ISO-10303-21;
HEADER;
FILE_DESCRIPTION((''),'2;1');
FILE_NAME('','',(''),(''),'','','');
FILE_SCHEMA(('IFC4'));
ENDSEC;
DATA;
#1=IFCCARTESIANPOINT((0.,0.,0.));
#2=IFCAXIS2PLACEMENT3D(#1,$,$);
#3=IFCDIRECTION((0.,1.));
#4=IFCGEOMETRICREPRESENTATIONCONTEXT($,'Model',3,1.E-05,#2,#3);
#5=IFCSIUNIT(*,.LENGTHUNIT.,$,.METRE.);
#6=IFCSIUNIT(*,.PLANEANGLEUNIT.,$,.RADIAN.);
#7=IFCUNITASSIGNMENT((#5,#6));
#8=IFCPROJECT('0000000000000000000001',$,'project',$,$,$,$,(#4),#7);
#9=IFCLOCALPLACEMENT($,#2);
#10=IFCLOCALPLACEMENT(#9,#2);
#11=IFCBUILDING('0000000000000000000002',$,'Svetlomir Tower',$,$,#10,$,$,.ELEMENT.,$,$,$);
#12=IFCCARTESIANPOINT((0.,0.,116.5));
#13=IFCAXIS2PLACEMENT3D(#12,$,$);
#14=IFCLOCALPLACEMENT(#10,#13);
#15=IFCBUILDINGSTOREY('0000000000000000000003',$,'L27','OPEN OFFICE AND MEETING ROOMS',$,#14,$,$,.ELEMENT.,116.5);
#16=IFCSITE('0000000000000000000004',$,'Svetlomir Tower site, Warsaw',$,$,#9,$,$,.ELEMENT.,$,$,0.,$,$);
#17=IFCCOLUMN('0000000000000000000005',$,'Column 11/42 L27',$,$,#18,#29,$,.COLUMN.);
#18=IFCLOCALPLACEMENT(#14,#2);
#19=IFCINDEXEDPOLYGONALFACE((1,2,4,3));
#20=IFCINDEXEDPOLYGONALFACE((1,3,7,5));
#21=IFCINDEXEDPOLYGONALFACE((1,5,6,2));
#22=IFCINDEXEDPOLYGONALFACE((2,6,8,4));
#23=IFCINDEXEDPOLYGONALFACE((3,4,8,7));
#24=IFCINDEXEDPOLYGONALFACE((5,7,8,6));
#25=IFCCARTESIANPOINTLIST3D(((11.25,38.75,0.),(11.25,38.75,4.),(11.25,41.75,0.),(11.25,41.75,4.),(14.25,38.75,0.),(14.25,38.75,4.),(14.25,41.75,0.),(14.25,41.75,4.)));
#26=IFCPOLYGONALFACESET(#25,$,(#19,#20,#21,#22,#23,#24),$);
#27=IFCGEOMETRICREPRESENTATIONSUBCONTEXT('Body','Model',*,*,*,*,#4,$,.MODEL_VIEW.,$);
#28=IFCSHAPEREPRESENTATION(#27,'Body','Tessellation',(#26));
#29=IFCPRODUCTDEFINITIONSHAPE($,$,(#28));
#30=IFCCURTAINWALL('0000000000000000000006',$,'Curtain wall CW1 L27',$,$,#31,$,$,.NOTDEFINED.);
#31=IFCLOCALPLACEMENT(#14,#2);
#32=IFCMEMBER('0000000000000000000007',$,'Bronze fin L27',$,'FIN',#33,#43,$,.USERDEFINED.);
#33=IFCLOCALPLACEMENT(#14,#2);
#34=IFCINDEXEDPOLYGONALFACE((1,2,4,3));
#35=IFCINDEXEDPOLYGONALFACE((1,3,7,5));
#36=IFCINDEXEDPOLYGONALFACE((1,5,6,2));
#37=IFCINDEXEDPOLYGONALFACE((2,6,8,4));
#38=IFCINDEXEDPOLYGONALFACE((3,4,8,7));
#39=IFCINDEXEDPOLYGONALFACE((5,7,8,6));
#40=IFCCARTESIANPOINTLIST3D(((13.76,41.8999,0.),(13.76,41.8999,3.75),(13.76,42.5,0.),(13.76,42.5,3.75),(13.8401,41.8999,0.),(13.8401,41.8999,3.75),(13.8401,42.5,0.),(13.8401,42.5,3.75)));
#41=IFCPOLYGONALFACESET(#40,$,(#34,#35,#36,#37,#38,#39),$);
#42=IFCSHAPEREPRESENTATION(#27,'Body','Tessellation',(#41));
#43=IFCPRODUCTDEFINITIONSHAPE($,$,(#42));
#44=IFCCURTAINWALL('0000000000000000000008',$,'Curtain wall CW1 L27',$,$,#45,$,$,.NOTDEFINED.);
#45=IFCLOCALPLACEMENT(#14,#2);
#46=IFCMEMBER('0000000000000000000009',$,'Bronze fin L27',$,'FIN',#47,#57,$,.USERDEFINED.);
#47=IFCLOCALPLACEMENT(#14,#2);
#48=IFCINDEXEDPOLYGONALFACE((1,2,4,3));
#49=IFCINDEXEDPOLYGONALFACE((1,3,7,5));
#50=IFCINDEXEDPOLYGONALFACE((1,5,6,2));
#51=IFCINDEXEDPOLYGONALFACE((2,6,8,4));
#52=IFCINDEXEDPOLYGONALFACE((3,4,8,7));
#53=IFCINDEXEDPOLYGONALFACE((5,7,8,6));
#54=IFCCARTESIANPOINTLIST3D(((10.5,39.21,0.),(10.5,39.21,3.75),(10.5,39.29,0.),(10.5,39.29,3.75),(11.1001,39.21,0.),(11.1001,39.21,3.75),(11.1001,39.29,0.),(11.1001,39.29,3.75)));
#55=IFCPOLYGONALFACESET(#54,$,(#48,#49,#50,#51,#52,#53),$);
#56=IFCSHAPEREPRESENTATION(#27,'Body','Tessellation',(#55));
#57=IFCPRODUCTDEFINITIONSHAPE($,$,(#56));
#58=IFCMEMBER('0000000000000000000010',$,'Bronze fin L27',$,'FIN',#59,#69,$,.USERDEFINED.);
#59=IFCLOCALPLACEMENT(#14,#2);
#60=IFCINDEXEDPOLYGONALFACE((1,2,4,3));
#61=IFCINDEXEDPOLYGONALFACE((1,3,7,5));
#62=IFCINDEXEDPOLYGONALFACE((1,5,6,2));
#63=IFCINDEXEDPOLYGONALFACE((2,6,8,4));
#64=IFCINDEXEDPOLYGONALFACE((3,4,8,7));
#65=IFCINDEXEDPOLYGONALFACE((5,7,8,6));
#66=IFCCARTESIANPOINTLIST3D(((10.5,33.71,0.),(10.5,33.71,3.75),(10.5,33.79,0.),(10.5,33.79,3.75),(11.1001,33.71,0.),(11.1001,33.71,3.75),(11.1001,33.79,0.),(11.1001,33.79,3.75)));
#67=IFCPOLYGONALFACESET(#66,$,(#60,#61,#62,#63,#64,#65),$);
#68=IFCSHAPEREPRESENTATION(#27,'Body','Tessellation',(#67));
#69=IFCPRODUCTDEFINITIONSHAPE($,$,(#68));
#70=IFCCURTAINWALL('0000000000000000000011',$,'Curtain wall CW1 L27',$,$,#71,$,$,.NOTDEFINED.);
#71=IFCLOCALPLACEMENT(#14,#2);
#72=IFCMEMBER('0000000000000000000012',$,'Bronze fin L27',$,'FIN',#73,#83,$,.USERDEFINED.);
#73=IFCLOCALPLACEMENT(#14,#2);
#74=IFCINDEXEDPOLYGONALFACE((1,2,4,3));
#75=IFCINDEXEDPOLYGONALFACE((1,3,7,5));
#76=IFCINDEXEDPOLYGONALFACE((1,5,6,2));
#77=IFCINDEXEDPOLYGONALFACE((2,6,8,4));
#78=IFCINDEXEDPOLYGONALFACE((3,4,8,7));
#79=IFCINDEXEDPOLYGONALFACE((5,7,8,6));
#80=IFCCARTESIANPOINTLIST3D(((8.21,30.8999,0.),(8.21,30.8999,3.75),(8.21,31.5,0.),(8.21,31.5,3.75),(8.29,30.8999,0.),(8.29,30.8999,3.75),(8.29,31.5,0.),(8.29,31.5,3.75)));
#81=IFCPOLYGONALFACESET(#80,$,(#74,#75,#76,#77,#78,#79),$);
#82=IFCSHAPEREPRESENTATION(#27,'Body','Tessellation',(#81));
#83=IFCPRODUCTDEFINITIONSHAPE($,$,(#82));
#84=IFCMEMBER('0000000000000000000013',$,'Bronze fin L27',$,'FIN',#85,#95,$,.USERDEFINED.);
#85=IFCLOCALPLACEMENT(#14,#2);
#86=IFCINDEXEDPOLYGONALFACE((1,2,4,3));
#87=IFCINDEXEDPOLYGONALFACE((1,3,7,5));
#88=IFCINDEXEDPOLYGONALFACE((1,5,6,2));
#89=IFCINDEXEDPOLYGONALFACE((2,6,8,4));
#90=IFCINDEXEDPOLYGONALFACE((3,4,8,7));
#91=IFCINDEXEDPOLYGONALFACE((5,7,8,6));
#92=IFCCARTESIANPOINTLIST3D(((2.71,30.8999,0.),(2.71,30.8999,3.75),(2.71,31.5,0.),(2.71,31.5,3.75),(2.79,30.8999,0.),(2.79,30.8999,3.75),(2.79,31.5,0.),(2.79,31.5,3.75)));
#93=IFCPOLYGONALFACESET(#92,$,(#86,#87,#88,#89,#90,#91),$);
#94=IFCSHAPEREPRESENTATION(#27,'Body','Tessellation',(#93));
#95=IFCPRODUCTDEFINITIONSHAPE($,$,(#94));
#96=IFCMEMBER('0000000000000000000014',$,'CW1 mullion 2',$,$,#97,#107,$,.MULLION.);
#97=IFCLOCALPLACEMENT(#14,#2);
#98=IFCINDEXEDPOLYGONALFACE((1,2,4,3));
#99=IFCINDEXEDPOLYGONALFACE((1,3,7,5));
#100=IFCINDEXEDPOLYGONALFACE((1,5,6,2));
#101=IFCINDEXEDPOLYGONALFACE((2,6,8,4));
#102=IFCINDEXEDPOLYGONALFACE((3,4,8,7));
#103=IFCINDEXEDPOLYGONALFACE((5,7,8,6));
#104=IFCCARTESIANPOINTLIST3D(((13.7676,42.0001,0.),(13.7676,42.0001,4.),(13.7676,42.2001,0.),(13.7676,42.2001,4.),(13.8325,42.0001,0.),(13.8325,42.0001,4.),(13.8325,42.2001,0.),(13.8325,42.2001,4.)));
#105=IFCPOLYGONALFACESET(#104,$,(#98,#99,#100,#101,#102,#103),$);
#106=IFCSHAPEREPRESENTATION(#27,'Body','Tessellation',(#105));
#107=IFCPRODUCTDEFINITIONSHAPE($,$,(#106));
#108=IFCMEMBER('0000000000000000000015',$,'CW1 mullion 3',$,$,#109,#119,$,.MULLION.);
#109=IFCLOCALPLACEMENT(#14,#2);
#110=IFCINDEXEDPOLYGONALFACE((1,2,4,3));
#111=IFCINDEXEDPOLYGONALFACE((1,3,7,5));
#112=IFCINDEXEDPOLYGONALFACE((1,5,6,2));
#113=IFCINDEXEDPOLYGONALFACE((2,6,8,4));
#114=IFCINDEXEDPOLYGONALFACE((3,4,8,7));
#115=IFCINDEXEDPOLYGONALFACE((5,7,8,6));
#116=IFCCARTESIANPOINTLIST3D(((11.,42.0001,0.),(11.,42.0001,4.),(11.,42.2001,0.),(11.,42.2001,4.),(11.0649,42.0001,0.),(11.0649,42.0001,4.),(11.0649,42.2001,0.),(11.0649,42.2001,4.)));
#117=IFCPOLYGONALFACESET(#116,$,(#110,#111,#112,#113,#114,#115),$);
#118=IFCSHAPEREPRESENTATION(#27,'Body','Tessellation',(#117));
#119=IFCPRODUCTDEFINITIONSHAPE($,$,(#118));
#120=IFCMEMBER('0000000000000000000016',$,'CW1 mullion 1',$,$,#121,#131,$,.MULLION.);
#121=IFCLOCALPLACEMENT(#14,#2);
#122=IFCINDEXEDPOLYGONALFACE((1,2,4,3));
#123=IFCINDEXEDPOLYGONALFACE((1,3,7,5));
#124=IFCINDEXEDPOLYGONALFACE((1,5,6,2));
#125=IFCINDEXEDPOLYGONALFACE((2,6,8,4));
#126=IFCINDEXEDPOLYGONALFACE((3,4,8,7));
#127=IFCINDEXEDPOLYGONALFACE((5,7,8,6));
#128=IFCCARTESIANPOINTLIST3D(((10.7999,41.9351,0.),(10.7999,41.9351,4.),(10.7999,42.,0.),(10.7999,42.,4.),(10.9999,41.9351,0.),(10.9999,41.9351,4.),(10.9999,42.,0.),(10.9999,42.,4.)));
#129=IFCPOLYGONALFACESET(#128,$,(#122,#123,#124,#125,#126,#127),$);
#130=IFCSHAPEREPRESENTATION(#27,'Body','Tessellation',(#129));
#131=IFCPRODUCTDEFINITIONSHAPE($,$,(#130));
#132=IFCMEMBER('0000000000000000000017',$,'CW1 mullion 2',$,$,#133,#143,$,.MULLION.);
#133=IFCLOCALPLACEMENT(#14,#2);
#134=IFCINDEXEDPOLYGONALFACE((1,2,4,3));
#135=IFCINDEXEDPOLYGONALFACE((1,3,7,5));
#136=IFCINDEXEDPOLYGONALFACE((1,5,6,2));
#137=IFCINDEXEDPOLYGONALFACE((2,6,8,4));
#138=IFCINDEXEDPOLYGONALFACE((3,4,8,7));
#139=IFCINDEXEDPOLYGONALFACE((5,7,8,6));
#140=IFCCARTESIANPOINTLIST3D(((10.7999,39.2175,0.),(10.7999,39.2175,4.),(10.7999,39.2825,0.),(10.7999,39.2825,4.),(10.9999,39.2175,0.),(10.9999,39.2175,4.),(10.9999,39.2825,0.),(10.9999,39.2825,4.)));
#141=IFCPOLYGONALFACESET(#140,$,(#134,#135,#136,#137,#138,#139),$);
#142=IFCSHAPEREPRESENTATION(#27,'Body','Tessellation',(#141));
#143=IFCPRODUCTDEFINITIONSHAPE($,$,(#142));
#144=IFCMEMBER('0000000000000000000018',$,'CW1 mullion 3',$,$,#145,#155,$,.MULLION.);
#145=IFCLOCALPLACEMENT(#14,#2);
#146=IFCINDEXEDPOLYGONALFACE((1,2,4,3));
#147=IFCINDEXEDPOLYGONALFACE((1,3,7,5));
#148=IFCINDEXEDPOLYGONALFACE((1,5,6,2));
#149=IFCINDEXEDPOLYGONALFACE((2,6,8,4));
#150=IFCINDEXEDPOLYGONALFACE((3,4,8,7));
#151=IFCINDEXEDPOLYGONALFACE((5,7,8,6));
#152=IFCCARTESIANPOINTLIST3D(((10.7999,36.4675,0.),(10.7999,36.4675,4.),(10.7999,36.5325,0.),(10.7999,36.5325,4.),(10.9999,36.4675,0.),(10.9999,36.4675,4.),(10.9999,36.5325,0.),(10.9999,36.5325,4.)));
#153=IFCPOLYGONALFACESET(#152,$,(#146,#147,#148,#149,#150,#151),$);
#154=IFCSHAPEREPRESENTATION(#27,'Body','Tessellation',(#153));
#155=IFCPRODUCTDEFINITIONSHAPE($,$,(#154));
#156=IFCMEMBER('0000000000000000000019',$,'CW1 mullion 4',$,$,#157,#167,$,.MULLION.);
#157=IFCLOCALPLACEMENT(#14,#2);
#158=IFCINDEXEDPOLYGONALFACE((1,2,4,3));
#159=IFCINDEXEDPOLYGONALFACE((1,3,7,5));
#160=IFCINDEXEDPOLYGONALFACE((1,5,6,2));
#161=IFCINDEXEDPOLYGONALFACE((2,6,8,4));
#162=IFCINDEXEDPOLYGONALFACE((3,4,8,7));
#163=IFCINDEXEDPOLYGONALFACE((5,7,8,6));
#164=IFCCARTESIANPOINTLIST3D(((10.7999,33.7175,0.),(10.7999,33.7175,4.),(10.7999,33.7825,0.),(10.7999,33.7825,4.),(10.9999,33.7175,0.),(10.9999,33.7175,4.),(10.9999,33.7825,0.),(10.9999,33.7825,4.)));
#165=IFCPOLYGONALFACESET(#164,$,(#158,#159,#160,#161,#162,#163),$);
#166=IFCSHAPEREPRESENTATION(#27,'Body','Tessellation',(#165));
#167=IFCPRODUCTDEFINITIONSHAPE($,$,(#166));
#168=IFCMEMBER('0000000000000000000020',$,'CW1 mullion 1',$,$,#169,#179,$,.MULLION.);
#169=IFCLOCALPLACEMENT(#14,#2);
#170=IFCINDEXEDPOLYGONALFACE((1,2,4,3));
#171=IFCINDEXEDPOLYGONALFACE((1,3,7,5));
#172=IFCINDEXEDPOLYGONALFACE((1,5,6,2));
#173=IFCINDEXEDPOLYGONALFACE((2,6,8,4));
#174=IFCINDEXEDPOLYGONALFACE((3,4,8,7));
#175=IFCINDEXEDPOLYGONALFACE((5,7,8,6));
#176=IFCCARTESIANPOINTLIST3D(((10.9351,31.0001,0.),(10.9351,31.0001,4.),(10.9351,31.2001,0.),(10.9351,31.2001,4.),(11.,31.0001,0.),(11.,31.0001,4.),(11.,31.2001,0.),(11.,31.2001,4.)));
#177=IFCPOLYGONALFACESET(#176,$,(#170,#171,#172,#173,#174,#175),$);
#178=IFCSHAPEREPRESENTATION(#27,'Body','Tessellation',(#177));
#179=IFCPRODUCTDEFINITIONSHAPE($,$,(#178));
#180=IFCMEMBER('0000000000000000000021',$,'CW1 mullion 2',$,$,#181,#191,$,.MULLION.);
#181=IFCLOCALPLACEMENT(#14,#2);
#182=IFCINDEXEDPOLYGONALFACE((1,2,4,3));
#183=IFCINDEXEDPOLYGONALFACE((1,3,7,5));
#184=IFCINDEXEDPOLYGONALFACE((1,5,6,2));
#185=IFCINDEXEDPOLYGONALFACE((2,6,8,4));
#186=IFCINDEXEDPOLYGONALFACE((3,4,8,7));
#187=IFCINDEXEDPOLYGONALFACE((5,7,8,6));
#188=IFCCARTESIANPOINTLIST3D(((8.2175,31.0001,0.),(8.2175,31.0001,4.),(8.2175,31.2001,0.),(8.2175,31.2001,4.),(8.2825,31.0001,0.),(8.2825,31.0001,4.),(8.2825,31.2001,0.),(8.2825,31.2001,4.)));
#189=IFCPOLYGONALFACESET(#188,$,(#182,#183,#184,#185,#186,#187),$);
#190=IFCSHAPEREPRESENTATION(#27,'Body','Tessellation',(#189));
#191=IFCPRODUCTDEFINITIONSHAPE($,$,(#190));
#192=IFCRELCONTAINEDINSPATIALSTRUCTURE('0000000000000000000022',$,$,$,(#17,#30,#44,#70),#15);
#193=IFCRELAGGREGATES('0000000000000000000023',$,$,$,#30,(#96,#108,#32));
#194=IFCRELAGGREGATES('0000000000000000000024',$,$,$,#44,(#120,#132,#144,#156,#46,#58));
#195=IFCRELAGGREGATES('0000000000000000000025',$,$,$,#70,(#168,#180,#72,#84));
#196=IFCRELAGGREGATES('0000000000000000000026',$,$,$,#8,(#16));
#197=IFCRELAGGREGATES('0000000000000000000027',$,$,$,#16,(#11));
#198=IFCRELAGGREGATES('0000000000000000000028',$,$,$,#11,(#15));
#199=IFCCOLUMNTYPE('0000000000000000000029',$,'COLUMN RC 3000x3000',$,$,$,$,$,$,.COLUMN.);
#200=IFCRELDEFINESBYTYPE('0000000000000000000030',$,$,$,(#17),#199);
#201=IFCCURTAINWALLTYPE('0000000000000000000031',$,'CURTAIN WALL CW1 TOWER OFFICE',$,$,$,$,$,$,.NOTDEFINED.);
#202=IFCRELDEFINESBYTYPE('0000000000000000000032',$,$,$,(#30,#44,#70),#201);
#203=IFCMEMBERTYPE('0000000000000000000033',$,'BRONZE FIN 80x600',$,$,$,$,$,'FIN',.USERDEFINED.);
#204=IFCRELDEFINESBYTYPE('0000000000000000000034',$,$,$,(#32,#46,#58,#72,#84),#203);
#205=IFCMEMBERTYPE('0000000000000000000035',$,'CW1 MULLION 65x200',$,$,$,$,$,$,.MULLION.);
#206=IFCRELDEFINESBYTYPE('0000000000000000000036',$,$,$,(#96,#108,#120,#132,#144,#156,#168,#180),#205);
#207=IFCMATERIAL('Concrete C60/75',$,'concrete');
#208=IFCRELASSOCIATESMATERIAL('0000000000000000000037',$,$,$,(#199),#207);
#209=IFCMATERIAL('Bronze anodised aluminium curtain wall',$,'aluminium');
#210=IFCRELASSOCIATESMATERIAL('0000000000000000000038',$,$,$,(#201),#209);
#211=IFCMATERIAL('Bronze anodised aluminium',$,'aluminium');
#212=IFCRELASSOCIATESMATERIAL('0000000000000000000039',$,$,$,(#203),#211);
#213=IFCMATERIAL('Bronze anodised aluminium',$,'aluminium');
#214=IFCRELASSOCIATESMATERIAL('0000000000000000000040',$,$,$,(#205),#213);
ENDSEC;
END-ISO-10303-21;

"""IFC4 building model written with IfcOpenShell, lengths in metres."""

from ifc_helpers import new_model, si_unit, direction, frame, origin, origin_2d, place, context, subcontext, project, spatial, rectangle, extrude, material, material_profile, profile_set, type_object, element, aggregate, save


model = new_model("IFC4")

# Units and contexts
model_context = context("Model", 3, precision=1e-05, world=origin(), true_north=direction((0.0, 1.0)))
body_context = subcontext(model_context, "Body", "Model", "MODEL_VIEW")
ifc_project = project(units=[si_unit("LENGTHUNIT", "METRE"), si_unit("PLANEANGLEUNIT", "RADIAN")], contexts=[model_context])

# Site, building, storey
site_placement = place(None, origin())
site = spatial("IfcSite", under=ifc_project, at=site_placement, Name="Svetlomir Tower site, Warsaw", CompositionType="ELEMENT", RefElevation=0.0)
building_placement = place(site_placement, origin())
building = spatial("IfcBuilding", under=site, at=building_placement, Name="Svetlomir Tower", CompositionType="ELEMENT")
storey_placement = place(building_placement, frame((0.0, 0.0, 116.5)))
storey = spatial("IfcBuildingStorey", under=building, at=storey_placement, Name="L27", Description="OPEN OFFICE AND MEETING ROOMS", CompositionType="ELEMENT", Elevation=116.5)

# Column
ifc_material_1 = material(Name="Concrete C60/75", Category="concrete")
ifc_material_profile_1 = material_profile(ifc_material_1, rectangle(XDim=3.0, YDim=3.0, at=origin_2d()), Name="RC 3000x3000")
ifc_profile_set_1 = profile_set([ifc_material_profile_1], Name="Concrete C60/75")
column_type = type_object("IfcColumnType", Name="COLUMN RC 3000x3000", PredefinedType="COLUMN", material=ifc_profile_set_1)
column_placement = place(storey_placement, frame((12.75, 40.25, 0.0), z_axis=(0.0, 0.0, 1.0), x_axis=(1.0, 0.0, 0.0)))
element("IfcColumn", 1, at=column_placement, inside=storey, type_object=column_type, Name="Column 11/42 L27", PredefinedType="COLUMN", context=body_context, shape_type="SweptSolid", body=[
    extrude(rectangle(XDim=3.0, YDim=3.0, at=origin_2d()), origin(), (0.0, 0.0, 1.0), 4.0),
])

# Curtain wall, member
ifc_material_2 = material(Name="Bronze anodised aluminium curtain wall", Category="aluminium")
curtain_wall_type = type_object("IfcCurtainWallType", Name="CURTAIN WALL CW1 TOWER OFFICE", PredefinedType="NOTDEFINED", material=ifc_material_2)
curtain_wall_1_placement = place(storey_placement, origin())
curtain_wall_1 = element("IfcCurtainWall", 2, at=curtain_wall_1_placement, inside=storey, type_object=curtain_wall_type, Name="Curtain wall CW1 L27", PredefinedType="NOTDEFINED")
ifc_material_3 = material(Name="Bronze anodised aluminium", Category="aluminium")
ifc_material_profile_2 = material_profile(ifc_material_3, rectangle(XDim=0.0801, YDim=0.6001, at=origin_2d()), Name="FIN 80x600")
ifc_profile_set_2 = profile_set([ifc_material_profile_2], Name="Bronze anodised aluminium 6063-T6")
member_type_1 = type_object("IfcMemberType", Name="BRONZE FIN 80x600", ElementType="FIN", PredefinedType="USERDEFINED", material=ifc_profile_set_2)
member_1_placement = place(storey_placement, frame((13.8, 42.2, 0.0), z_axis=(0.0, 0.0, 1.0), x_axis=(1.0, 0.0, 0.0)))
member_1 = element("IfcMember", 3, at=member_1_placement, type_object=member_type_1, Name="Bronze fin L27", ObjectType="FIN", PredefinedType="USERDEFINED", context=body_context, shape_type="SweptSolid", body=[
    extrude(rectangle(XDim=0.0801, YDim=0.6001, at=origin_2d()), origin(), (0.0, 0.0, 1.0), 3.75),
])

# Curtain walls, members
curtain_wall_2_placement = place(storey_placement, origin())
curtain_wall_2 = element("IfcCurtainWall", 4, at=curtain_wall_2_placement, inside=storey, type_object=curtain_wall_type, Name="Curtain wall CW1 L27", PredefinedType="NOTDEFINED")
member_2_placement = place(storey_placement, frame((10.8, 39.25, 0.0), z_axis=(0.0, 0.0, 1.0), x_axis=(0.0, 1.0, 0.0)))
member_2 = element("IfcMember", 5, at=member_2_placement, type_object=member_type_1, Name="Bronze fin L27", ObjectType="FIN", PredefinedType="USERDEFINED", context=body_context, shape_type="SweptSolid", body=[
    extrude(rectangle(XDim=0.0801, YDim=0.6001, at=origin_2d()), origin(), (0.0, 0.0, 1.0), 3.75),
])
member_3_placement = place(storey_placement, frame((10.8, 33.75, 0.0), z_axis=(0.0, 0.0, 1.0), x_axis=(0.0, 1.0, 0.0)))
member_3 = element("IfcMember", 6, at=member_3_placement, type_object=member_type_1, Name="Bronze fin L27", ObjectType="FIN", PredefinedType="USERDEFINED", context=body_context, shape_type="SweptSolid", body=[
    extrude(rectangle(XDim=0.0801, YDim=0.6001, at=origin_2d()), origin(), (0.0, 0.0, 1.0), 3.75),
])
curtain_wall_3_placement = place(storey_placement, origin())
curtain_wall_3 = element("IfcCurtainWall", 7, at=curtain_wall_3_placement, inside=storey, type_object=curtain_wall_type, Name="Curtain wall CW1 L27", PredefinedType="NOTDEFINED")
member_4_placement = place(storey_placement, frame((8.25, 31.2, 0.0), z_axis=(0.0, 0.0, 1.0), x_axis=(1.0, 0.0, 0.0)))
member_4 = element("IfcMember", 8, at=member_4_placement, type_object=member_type_1, Name="Bronze fin L27", ObjectType="FIN", PredefinedType="USERDEFINED", context=body_context, shape_type="SweptSolid", body=[
    extrude(rectangle(XDim=0.0801, YDim=0.6001, at=origin_2d()), origin(), (0.0, 0.0, 1.0), 3.75),
])
member_5_placement = place(storey_placement, frame((2.75, 31.2, 0.0), z_axis=(0.0, 0.0, 1.0), x_axis=(1.0, 0.0, 0.0)))
member_5 = element("IfcMember", 9, at=member_5_placement, type_object=member_type_1, Name="Bronze fin L27", ObjectType="FIN", PredefinedType="USERDEFINED", context=body_context, shape_type="SweptSolid", body=[
    extrude(rectangle(XDim=0.0801, YDim=0.6001, at=origin_2d()), origin(), (0.0, 0.0, 1.0), 3.75),
])

# Members
ifc_material_4 = material(Name="Bronze anodised aluminium", Category="aluminium")
ifc_material_profile_3 = material_profile(ifc_material_4, rectangle(XDim=0.0649, YDim=0.2, at=origin_2d()), Name="AL 65x200")
ifc_profile_set_3 = profile_set([ifc_material_profile_3], Name="Bronze anodised aluminium 6063-T6")
member_type_2 = type_object("IfcMemberType", Name="CW1 MULLION 65x200", PredefinedType="MULLION", material=ifc_profile_set_3)
member_6_placement = place(storey_placement, frame((13.8, 42.1001, 0.0), z_axis=(0.0, 0.0, 1.0), x_axis=(-1.0, 0.0, 0.0)))
member_6 = element("IfcMember", 10, at=member_6_placement, type_object=member_type_2, Name="CW1 mullion 2", PredefinedType="MULLION", context=body_context, shape_type="SweptSolid", body=[
    extrude(rectangle(XDim=0.0649, YDim=0.2, at=origin_2d()), origin(), (0.0, 0.0, 1.0), 4.0),
])
member_7_placement = place(storey_placement, frame((11.0325, 42.1001, 0.0), z_axis=(0.0, 0.0, 1.0), x_axis=(-1.0, 0.0, 0.0)))
member_7 = element("IfcMember", 11, at=member_7_placement, type_object=member_type_2, Name="CW1 mullion 3", PredefinedType="MULLION", context=body_context, shape_type="SweptSolid", body=[
    extrude(rectangle(XDim=0.0649, YDim=0.2, at=origin_2d()), origin(), (0.0, 0.0, 1.0), 4.0),
])
member_8_placement = place(storey_placement, frame((10.8999, 41.9675, 0.0), z_axis=(0.0, 0.0, 1.0), x_axis=(0.0, -1.0, 0.0)))
member_8 = element("IfcMember", 12, at=member_8_placement, type_object=member_type_2, Name="CW1 mullion 1", PredefinedType="MULLION", context=body_context, shape_type="SweptSolid", body=[
    extrude(rectangle(XDim=0.0649, YDim=0.2, at=origin_2d()), origin(), (0.0, 0.0, 1.0), 4.0),
])
member_9_placement = place(storey_placement, frame((10.8999, 39.25, 0.0), z_axis=(0.0, 0.0, 1.0), x_axis=(0.0, -1.0, 0.0)))
member_9 = element("IfcMember", 13, at=member_9_placement, type_object=member_type_2, Name="CW1 mullion 2", PredefinedType="MULLION", context=body_context, shape_type="SweptSolid", body=[
    extrude(rectangle(XDim=0.0649, YDim=0.2, at=origin_2d()), origin(), (0.0, 0.0, 1.0), 4.0),
])
member_10_placement = place(storey_placement, frame((10.8999, 36.5, 0.0), z_axis=(0.0, 0.0, 1.0), x_axis=(0.0, -1.0, 0.0)))
member_10 = element("IfcMember", 14, at=member_10_placement, type_object=member_type_2, Name="CW1 mullion 3", PredefinedType="MULLION", context=body_context, shape_type="SweptSolid", body=[
    extrude(rectangle(XDim=0.0649, YDim=0.2, at=origin_2d()), origin(), (0.0, 0.0, 1.0), 4.0),
])
member_11_placement = place(storey_placement, frame((10.8999, 33.75, 0.0), z_axis=(0.0, 0.0, 1.0), x_axis=(0.0, -1.0, 0.0)))
member_11 = element("IfcMember", 15, at=member_11_placement, type_object=member_type_2, Name="CW1 mullion 4", PredefinedType="MULLION", context=body_context, shape_type="SweptSolid", body=[
    extrude(rectangle(XDim=0.0649, YDim=0.2, at=origin_2d()), origin(), (0.0, 0.0, 1.0), 4.0),
])
member_12_placement = place(storey_placement, frame((10.9675, 31.1001, 0.0), z_axis=(0.0, 0.0, 1.0), x_axis=(-1.0, 0.0, 0.0)))
member_12 = element("IfcMember", 16, at=member_12_placement, type_object=member_type_2, Name="CW1 mullion 1", PredefinedType="MULLION", context=body_context, shape_type="SweptSolid", body=[
    extrude(rectangle(XDim=0.0649, YDim=0.2, at=origin_2d()), origin(), (0.0, 0.0, 1.0), 4.0),
])
member_13_placement = place(storey_placement, frame((8.25, 31.1001, 0.0), z_axis=(0.0, 0.0, 1.0), x_axis=(-1.0, 0.0, 0.0)))
member_13 = element("IfcMember", 17, at=member_13_placement, type_object=member_type_2, Name="CW1 mullion 2", PredefinedType="MULLION", context=body_context, shape_type="SweptSolid", body=[
    extrude(rectangle(XDim=0.0649, YDim=0.2, at=origin_2d()), origin(), (0.0, 0.0, 1.0), 4.0),
])

aggregate(curtain_wall_1, [member_6, member_7, member_1])
aggregate(curtain_wall_2, [member_8, member_9, member_10, member_11, member_2, member_3])
aggregate(curtain_wall_3, [member_12, member_13, member_4, member_5])

save(model, "model.ifc")
